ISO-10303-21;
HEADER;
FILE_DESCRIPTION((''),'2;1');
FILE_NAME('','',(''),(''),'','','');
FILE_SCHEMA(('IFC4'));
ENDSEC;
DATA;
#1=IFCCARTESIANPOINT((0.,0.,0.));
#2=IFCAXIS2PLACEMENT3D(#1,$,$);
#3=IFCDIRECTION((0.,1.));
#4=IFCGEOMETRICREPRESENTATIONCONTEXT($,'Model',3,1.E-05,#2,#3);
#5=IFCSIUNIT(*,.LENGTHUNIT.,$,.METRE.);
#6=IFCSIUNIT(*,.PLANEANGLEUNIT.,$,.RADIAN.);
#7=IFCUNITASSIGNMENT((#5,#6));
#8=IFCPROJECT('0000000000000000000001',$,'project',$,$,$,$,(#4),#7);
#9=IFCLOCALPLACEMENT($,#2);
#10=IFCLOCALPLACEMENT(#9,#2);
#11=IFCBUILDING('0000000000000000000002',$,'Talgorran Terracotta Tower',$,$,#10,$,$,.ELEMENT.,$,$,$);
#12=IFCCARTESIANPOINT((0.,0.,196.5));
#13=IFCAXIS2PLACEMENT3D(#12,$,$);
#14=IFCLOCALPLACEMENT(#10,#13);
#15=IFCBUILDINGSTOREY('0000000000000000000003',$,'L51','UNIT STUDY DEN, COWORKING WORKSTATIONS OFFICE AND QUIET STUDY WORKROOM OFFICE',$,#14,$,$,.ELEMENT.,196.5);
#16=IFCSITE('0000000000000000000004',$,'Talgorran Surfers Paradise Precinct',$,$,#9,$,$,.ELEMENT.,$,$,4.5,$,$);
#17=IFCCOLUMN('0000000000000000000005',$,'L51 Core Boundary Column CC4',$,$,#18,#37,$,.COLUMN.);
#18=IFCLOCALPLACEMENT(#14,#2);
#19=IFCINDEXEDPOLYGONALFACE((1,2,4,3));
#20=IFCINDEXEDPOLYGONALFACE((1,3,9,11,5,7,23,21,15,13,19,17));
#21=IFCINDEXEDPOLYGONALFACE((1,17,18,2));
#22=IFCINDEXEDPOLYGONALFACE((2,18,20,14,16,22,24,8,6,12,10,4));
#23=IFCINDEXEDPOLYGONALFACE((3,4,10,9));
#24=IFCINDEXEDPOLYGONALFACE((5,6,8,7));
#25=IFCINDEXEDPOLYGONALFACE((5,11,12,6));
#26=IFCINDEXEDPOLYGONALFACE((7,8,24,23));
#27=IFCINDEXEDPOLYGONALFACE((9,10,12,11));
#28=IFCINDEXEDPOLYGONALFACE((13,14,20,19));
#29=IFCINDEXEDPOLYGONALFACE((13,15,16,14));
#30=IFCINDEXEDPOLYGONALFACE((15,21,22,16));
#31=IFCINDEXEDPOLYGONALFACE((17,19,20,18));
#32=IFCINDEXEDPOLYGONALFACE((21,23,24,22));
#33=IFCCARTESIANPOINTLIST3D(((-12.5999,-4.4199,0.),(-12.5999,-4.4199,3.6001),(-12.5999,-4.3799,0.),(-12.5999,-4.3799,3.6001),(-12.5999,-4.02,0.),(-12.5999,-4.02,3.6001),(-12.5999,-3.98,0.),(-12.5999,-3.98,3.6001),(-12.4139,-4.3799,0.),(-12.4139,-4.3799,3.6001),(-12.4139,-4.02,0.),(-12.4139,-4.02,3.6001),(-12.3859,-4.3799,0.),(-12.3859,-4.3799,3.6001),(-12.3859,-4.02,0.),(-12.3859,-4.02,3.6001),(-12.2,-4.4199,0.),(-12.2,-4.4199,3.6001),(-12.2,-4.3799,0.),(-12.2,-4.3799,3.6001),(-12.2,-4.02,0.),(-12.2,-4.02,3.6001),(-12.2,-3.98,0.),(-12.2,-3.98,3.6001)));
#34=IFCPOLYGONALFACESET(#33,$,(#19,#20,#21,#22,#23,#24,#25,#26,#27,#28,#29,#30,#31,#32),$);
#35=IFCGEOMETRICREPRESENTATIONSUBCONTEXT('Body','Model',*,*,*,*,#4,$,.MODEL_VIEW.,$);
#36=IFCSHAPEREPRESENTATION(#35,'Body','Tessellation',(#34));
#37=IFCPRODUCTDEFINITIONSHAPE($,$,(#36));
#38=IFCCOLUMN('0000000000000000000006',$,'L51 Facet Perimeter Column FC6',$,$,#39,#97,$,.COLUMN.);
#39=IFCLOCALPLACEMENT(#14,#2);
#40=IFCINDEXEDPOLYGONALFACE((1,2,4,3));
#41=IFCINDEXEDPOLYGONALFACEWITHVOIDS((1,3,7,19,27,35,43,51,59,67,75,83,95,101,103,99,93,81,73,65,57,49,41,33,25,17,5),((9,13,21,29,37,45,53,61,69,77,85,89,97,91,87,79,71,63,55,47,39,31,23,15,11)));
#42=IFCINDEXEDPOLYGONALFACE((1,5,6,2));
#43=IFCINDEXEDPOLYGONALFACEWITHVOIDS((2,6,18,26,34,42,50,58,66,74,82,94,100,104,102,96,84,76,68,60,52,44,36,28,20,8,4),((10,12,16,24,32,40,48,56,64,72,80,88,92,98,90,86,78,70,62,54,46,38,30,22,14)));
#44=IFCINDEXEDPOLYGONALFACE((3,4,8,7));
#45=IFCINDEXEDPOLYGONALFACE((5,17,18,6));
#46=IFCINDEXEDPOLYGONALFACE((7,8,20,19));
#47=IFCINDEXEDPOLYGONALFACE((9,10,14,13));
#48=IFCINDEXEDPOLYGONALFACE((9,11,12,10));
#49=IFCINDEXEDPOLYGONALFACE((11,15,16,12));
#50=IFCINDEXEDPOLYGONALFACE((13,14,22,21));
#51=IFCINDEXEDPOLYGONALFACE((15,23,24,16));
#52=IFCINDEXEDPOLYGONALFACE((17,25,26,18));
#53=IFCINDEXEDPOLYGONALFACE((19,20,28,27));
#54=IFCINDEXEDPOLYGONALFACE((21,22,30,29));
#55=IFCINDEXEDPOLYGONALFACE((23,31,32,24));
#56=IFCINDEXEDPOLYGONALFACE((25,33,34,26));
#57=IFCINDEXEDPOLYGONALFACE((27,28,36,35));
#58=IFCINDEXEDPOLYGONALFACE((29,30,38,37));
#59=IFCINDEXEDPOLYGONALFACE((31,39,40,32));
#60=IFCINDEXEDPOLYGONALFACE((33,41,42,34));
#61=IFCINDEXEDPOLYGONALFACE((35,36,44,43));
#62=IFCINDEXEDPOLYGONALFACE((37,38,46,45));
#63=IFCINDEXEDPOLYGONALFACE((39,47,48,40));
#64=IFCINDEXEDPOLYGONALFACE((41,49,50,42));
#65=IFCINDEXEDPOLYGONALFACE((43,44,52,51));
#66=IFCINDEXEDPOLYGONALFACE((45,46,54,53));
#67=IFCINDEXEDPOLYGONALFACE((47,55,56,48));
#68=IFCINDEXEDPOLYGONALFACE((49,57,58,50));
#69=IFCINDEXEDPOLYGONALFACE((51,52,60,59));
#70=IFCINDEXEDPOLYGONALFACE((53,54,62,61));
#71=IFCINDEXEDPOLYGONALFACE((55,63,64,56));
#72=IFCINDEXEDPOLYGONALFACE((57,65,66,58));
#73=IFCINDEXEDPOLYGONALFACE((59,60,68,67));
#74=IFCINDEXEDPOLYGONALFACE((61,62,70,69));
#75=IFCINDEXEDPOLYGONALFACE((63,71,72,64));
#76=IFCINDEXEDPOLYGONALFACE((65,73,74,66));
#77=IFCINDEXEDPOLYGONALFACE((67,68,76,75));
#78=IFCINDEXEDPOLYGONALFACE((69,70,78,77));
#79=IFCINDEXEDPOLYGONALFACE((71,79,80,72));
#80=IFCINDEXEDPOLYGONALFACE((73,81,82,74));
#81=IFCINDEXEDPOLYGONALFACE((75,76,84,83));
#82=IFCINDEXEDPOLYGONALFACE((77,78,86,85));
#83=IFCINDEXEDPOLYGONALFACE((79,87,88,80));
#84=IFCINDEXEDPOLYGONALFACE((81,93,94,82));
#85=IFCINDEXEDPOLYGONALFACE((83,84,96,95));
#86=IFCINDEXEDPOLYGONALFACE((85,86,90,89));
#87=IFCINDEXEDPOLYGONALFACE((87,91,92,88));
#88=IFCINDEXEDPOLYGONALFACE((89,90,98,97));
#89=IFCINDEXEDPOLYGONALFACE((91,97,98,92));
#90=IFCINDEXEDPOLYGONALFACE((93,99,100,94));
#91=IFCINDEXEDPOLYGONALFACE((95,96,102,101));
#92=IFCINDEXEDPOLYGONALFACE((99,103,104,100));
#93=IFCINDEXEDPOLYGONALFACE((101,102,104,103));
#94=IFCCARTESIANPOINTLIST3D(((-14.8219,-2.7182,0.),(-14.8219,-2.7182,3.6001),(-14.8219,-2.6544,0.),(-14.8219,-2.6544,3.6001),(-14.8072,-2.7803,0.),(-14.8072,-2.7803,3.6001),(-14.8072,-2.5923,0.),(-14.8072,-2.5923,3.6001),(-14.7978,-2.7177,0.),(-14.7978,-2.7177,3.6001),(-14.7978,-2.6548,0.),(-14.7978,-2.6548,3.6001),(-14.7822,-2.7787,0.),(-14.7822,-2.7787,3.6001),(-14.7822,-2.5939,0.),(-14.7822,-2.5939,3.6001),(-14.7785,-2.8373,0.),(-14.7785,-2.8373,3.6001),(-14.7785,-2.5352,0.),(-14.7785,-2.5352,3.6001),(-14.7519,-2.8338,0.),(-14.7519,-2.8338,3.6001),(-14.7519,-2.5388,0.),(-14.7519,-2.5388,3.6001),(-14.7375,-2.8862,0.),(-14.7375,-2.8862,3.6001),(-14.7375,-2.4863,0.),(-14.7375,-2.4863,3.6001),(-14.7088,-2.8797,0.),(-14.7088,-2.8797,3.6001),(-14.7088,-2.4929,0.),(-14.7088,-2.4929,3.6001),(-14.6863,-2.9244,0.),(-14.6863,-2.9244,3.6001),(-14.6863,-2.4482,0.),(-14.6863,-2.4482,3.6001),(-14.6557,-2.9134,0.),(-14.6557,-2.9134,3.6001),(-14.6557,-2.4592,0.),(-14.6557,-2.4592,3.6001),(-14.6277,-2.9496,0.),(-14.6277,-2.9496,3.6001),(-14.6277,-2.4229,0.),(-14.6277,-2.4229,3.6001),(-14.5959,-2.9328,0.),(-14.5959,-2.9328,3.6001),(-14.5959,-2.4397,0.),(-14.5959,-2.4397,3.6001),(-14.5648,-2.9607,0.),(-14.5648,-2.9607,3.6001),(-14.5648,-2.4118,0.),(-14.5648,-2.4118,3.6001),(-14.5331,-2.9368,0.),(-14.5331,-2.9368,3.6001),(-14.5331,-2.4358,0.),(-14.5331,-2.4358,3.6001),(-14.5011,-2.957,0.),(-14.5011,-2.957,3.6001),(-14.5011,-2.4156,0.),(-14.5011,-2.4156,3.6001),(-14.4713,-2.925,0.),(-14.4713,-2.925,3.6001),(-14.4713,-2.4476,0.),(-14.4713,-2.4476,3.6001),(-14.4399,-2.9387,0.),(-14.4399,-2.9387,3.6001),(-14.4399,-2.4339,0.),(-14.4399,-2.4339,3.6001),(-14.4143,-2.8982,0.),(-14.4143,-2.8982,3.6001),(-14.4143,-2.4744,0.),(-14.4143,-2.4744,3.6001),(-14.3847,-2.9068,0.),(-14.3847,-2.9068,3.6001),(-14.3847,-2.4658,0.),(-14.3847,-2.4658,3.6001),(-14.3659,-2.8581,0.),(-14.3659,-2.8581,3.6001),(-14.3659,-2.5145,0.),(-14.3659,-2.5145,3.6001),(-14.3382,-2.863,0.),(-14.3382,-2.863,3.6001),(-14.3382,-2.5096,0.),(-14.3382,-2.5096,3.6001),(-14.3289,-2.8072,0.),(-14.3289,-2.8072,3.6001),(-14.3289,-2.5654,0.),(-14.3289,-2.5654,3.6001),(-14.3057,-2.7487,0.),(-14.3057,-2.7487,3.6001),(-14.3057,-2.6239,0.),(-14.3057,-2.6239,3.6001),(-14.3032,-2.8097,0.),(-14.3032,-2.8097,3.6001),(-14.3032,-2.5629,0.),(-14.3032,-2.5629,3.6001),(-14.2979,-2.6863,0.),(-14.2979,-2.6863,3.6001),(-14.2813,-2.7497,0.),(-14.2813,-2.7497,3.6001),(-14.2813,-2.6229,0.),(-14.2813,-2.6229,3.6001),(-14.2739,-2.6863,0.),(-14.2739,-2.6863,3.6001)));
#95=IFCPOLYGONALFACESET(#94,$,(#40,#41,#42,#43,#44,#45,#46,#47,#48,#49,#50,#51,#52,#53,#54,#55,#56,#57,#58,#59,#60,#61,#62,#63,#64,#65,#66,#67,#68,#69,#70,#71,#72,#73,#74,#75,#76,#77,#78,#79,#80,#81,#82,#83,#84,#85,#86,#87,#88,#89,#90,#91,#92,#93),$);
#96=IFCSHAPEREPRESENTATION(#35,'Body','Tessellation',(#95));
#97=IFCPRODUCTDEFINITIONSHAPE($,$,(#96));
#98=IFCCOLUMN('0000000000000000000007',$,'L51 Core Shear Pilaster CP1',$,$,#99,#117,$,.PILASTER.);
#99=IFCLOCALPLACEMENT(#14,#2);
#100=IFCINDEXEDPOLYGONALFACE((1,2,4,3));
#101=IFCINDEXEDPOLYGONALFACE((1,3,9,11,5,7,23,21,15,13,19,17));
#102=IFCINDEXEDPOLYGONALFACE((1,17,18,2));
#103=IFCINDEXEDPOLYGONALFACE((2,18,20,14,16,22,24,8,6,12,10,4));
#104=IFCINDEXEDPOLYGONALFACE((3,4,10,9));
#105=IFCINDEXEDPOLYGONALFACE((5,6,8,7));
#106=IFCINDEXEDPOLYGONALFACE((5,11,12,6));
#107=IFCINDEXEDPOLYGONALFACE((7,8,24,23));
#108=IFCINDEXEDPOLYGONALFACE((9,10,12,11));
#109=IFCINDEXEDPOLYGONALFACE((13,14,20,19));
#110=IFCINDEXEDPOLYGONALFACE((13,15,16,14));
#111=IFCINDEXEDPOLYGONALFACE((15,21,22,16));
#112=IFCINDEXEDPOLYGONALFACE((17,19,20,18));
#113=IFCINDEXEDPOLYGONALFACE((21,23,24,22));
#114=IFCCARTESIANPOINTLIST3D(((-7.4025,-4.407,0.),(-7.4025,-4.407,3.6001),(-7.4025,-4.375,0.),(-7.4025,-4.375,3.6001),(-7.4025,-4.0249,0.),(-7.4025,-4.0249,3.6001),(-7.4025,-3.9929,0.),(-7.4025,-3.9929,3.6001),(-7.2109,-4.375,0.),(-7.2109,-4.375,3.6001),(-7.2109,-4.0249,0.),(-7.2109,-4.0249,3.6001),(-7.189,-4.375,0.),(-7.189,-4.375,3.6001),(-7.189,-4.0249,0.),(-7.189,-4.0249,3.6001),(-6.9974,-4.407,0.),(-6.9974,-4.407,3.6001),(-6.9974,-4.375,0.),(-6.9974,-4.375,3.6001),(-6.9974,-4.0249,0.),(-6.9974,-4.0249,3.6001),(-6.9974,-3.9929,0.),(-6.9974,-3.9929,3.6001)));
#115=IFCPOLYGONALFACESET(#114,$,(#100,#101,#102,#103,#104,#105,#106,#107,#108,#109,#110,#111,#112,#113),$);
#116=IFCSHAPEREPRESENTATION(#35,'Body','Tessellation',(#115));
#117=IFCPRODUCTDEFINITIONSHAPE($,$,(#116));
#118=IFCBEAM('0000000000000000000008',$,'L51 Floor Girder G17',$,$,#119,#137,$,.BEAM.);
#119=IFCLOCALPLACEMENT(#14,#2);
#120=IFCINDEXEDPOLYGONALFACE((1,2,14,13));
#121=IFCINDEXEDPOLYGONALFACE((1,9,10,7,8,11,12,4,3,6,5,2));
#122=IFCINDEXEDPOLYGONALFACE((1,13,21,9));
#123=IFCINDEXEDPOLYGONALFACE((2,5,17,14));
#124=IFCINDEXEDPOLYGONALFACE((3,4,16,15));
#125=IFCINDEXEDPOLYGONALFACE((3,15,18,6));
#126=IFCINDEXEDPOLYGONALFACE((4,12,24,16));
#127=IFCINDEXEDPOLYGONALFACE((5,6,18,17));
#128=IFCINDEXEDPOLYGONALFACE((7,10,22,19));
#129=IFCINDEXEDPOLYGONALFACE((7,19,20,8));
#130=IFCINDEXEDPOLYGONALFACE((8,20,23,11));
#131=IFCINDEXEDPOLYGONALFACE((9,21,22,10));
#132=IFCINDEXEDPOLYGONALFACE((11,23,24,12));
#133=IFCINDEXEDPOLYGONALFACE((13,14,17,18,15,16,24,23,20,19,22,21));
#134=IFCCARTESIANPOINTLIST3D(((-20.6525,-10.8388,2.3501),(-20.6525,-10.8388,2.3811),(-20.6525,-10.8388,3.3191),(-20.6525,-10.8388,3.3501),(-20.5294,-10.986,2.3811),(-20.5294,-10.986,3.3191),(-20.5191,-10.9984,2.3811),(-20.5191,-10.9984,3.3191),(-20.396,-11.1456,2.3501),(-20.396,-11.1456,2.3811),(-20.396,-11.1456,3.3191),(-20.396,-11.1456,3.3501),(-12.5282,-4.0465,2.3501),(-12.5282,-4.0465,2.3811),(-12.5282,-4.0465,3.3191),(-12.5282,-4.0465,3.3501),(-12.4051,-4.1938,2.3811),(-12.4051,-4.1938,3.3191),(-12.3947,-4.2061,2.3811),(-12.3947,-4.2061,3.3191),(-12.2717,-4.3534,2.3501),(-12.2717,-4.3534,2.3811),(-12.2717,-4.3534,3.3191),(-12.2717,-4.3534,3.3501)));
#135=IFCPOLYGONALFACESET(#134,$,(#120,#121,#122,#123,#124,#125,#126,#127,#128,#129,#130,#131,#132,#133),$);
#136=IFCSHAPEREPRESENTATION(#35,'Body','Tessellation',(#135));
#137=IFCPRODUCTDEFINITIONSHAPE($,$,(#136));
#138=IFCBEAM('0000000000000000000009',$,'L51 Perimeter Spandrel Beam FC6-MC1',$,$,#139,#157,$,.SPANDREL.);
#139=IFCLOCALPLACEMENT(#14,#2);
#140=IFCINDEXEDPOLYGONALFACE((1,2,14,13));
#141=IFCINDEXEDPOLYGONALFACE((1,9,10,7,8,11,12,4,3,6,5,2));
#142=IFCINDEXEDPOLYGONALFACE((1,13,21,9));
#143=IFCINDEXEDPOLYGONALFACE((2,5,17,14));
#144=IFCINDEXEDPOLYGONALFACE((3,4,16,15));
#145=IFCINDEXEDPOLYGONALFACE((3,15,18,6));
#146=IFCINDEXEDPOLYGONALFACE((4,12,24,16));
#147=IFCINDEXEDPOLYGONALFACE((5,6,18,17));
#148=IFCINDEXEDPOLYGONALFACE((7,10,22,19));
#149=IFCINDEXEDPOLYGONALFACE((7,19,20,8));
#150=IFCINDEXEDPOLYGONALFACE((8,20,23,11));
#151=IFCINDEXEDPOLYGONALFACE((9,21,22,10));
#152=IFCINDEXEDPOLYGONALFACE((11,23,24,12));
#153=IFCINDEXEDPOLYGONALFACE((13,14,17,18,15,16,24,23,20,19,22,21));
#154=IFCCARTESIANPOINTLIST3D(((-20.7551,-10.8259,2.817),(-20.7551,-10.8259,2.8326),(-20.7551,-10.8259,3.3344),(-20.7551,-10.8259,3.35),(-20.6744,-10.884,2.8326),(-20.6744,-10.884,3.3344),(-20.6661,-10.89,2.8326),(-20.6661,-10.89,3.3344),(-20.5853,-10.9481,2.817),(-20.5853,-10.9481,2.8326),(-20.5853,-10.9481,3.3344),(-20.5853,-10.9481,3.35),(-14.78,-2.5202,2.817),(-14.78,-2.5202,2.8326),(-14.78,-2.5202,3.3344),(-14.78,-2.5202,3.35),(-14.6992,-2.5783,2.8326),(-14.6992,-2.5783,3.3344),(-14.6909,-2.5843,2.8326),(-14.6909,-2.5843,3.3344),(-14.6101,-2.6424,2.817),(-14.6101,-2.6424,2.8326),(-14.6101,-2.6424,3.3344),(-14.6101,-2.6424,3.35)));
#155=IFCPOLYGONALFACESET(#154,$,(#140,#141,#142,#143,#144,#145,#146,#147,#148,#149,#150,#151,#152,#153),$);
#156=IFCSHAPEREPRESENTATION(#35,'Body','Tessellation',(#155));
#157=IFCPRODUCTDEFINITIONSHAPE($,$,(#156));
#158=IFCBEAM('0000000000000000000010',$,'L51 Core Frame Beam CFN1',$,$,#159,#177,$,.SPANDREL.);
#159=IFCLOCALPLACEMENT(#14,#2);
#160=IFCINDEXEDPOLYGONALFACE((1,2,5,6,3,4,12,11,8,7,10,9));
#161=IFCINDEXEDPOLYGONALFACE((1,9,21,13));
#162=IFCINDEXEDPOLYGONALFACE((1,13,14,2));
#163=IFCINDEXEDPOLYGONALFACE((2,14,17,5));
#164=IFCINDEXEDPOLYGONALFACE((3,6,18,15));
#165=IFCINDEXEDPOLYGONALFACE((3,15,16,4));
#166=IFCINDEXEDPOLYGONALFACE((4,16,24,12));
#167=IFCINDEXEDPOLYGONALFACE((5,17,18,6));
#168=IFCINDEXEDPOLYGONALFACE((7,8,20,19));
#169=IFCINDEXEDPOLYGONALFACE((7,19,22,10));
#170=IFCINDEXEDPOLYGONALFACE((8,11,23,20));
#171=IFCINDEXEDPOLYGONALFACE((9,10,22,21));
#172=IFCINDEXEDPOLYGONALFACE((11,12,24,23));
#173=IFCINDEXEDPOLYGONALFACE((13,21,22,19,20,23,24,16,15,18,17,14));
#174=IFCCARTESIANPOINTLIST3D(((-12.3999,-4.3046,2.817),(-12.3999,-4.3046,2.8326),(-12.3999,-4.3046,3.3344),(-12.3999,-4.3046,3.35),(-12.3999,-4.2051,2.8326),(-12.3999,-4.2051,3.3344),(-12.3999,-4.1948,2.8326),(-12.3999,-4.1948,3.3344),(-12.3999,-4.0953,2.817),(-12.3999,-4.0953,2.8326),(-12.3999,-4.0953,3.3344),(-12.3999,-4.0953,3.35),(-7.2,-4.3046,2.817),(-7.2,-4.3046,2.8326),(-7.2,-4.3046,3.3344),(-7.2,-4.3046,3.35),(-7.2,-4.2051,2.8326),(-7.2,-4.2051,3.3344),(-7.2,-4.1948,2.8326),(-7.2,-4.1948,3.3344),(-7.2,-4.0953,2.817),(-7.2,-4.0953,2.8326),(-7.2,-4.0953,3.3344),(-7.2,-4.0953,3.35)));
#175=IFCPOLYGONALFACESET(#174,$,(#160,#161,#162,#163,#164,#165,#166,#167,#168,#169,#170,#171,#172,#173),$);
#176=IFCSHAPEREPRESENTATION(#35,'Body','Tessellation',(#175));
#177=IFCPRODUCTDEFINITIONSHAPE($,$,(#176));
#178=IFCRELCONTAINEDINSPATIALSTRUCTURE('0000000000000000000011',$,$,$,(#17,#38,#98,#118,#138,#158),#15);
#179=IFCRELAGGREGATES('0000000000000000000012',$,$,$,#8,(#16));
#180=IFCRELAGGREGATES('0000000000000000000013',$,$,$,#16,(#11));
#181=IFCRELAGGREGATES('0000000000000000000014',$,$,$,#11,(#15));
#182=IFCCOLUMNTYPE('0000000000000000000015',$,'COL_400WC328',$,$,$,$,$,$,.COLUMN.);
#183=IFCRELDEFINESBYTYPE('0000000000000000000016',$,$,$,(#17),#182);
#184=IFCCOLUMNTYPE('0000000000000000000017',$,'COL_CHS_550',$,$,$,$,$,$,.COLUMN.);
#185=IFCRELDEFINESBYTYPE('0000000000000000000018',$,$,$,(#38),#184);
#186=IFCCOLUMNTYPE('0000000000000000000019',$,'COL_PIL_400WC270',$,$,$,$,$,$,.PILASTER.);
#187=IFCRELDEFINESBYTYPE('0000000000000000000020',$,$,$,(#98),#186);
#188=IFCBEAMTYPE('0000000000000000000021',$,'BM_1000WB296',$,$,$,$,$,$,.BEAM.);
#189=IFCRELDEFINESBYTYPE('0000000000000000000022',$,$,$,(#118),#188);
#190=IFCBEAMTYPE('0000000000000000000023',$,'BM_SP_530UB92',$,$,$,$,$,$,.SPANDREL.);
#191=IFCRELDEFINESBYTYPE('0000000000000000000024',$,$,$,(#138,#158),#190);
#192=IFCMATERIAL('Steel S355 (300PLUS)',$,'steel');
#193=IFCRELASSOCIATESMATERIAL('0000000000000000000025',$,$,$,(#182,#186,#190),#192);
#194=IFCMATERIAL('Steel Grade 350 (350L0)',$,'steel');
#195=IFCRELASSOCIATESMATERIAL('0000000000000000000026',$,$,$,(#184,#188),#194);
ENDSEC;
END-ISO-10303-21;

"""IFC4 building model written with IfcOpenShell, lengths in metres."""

from ifc_helpers import new_model, si_unit, direction, frame, origin, origin_2d, place, context, subcontext, project, spatial, hollow_circle, i_section, extrude, material, material_profile, profile_set, type_object, element, save


model = new_model("IFC4")

# Units and contexts
model_context = context("Model", 3, precision=1e-05, world=origin(), true_north=direction((0.0, 1.0)))
body_context = subcontext(model_context, "Body", "Model", "MODEL_VIEW")
ifc_project = project(units=[si_unit("LENGTHUNIT", "METRE"), si_unit("PLANEANGLEUNIT", "RADIAN")], contexts=[model_context])

# Site, building, storey
site_placement = place(None, origin())
site = spatial("IfcSite", under=ifc_project, at=site_placement, Name="Talgorran Surfers Paradise Precinct", CompositionType="ELEMENT", RefElevation=4.5)
building_placement = place(site_placement, origin())
building = spatial("IfcBuilding", under=site, at=building_placement, Name="Talgorran Terracotta Tower", CompositionType="ELEMENT")
storey_placement = place(building_placement, frame((0.0, 0.0, 196.5)))
storey = spatial("IfcBuildingStorey", under=building, at=storey_placement, Name="L51", Description="UNIT STUDY DEN, COWORKING WORKSTATIONS OFFICE AND QUIET STUDY WORKROOM OFFICE", CompositionType="ELEMENT", Elevation=196.5)

# Columns
ifc_material_1 = material(Name="Steel S355 (300PLUS)", Category="steel")
ifc_material_profile_1 = material_profile(ifc_material_1, i_section(OverallWidth=0.3999, OverallDepth=0.4399, WebThickness=0.0281, FlangeThickness=0.04, at=origin_2d()), Name="400WC328")
ifc_profile_set_1 = profile_set([ifc_material_profile_1], Name="Steel S355 (300PLUS)")
column_type_1 = type_object("IfcColumnType", Name="COL_400WC328", PredefinedType="COLUMN", material=ifc_profile_set_1)
column_1_placement = place(storey_placement, frame((-12.3999, -4.2, 0.0), z_axis=(0.0, 0.0, 1.0), x_axis=(1.0, 0.0, 0.0)))
element("IfcColumn", 1, at=column_1_placement, inside=storey, type_object=column_type_1, Name="L51 Core Boundary Column CC4", PredefinedType="COLUMN", context=body_context, shape_type="SweptSolid", body=[
    extrude(i_section(OverallWidth=0.3999, OverallDepth=0.4399, WebThickness=0.0281, FlangeThickness=0.04, at=origin_2d()), origin(), (0.0, 0.0, 1.0), 3.6001),
])
ifc_material_2 = material(Name="Steel Grade 350 (350L0)", Category="steel")
ifc_material_profile_2 = material_profile(ifc_material_2, hollow_circle(Radius=0.2749, WallThickness=0.0239, at=origin_2d()), Name="CHS550X24")
ifc_profile_set_2 = profile_set([ifc_material_profile_2], Name="Steel Grade 350 (350L0)")
column_type_2 = type_object("IfcColumnType", Name="COL_CHS_550", PredefinedType="COLUMN", material=ifc_profile_set_2)
column_2_placement = place(storey_placement, frame((-14.5488, -2.6863, 0.0), z_axis=(0.0, 0.0, 1.0), x_axis=(1.0, 0.0, 0.0)))
element("IfcColumn", 2, at=column_2_placement, inside=storey, type_object=column_type_2, Name="L51 Facet Perimeter Column FC6", PredefinedType="COLUMN", context=body_context, shape_type="SweptSolid", body=[
    extrude(hollow_circle(Radius=0.2749, WallThickness=0.0239, at=origin_2d()), origin(), (0.0, 0.0, 1.0), 3.6001),
])
ifc_material_profile_3 = material_profile(ifc_material_1, i_section(OverallWidth=0.405, OverallDepth=0.4141, WebThickness=0.022, FlangeThickness=0.032, at=origin_2d()), Name="400WC270")
ifc_profile_set_3 = profile_set([ifc_material_profile_3], Name="Steel S355 (300PLUS)")
column_type_3 = type_object("IfcColumnType", Name="COL_PIL_400WC270", PredefinedType="PILASTER", material=ifc_profile_set_3)
column_3_placement = place(storey_placement, frame((-7.2, -4.2, 0.0), z_axis=(0.0, 0.0, 1.0), x_axis=(1.0, 0.0, 0.0)))
element("IfcColumn", 3, at=column_3_placement, inside=storey, type_object=column_type_3, Name="L51 Core Shear Pilaster CP1", PredefinedType="PILASTER", context=body_context, shape_type="SweptSolid", body=[
    extrude(i_section(OverallWidth=0.405, OverallDepth=0.4141, WebThickness=0.022, FlangeThickness=0.032, at=origin_2d()), origin(), (0.0, 0.0, 1.0), 3.6001),
])

# Beams
ifc_material_profile_4 = material_profile(ifc_material_2, i_section(OverallWidth=0.3999, OverallDepth=1.0, WebThickness=0.0161, FlangeThickness=0.031, at=origin_2d()), Name="1000WB296")
ifc_profile_set_4 = profile_set([ifc_material_profile_4], Name="Steel Grade 350 (350L0)")
beam_type_1 = type_object("IfcBeamType", Name="BM_1000WB296", PredefinedType="BEAM", material=ifc_profile_set_4)
beam_1_placement = place(storey_placement, frame((-12.3999, -4.2, 2.8501), z_axis=(-0.767198, -0.64141, 0.0), x_axis=(0.64141, -0.767198, 0.0)))
element("IfcBeam", 4, at=beam_1_placement, inside=storey, type_object=beam_type_1, Name="L51 Floor Girder G17", PredefinedType="BEAM", context=body_context, shape_type="SweptSolid", body=[
    extrude(i_section(OverallWidth=0.3999, OverallDepth=1.0, WebThickness=0.0161, FlangeThickness=0.031, at=origin_2d()), origin(), (0.0, 0.0, 1.0), 10.5896),
])
ifc_material_profile_5 = material_profile(ifc_material_1, i_section(OverallWidth=0.2092, OverallDepth=0.533, WebThickness=0.0103, FlangeThickness=0.0156, at=origin_2d()), Name="530UB92.4")
ifc_profile_set_5 = profile_set([ifc_material_profile_5], Name="Steel S355 (300PLUS)")
beam_type_2 = type_object("IfcBeamType", Name="BM_SP_530UB92", PredefinedType="SPANDREL", material=ifc_profile_set_5)
beam_2_placement = place(storey_placement, frame((-14.6951, -2.5813, 3.0835), z_axis=(-0.583984, -0.811765, 0.0), x_axis=(0.811765, -0.583984, 0.0)))
element("IfcBeam", 5, at=beam_2_placement, inside=storey, type_object=beam_type_2, Name="L51 Perimeter Spandrel Beam FC6-MC1", PredefinedType="SPANDREL", context=body_context, shape_type="SweptSolid", body=[
    extrude(i_section(OverallWidth=0.2092, OverallDepth=0.533, WebThickness=0.0103, FlangeThickness=0.0156, at=origin_2d()), origin(), (0.0, 0.0, 1.0), 10.2317),
])
beam_3_placement = place(storey_placement, frame((-12.3999, -4.2, 3.0835), z_axis=(1.0, 0.0, 0.0), x_axis=(0.0, 1.0, 0.0)))
element("IfcBeam", 6, at=beam_3_placement, inside=storey, type_object=beam_type_2, Name="L51 Core Frame Beam CFN1", PredefinedType="SPANDREL", context=body_context, shape_type="SweptSolid", body=[
    extrude(i_section(OverallWidth=0.2092, OverallDepth=0.533, WebThickness=0.0103, FlangeThickness=0.0156, at=origin_2d()), origin(), (0.0, 0.0, 1.0), 5.2),
])

save(model, "model.ifc")
